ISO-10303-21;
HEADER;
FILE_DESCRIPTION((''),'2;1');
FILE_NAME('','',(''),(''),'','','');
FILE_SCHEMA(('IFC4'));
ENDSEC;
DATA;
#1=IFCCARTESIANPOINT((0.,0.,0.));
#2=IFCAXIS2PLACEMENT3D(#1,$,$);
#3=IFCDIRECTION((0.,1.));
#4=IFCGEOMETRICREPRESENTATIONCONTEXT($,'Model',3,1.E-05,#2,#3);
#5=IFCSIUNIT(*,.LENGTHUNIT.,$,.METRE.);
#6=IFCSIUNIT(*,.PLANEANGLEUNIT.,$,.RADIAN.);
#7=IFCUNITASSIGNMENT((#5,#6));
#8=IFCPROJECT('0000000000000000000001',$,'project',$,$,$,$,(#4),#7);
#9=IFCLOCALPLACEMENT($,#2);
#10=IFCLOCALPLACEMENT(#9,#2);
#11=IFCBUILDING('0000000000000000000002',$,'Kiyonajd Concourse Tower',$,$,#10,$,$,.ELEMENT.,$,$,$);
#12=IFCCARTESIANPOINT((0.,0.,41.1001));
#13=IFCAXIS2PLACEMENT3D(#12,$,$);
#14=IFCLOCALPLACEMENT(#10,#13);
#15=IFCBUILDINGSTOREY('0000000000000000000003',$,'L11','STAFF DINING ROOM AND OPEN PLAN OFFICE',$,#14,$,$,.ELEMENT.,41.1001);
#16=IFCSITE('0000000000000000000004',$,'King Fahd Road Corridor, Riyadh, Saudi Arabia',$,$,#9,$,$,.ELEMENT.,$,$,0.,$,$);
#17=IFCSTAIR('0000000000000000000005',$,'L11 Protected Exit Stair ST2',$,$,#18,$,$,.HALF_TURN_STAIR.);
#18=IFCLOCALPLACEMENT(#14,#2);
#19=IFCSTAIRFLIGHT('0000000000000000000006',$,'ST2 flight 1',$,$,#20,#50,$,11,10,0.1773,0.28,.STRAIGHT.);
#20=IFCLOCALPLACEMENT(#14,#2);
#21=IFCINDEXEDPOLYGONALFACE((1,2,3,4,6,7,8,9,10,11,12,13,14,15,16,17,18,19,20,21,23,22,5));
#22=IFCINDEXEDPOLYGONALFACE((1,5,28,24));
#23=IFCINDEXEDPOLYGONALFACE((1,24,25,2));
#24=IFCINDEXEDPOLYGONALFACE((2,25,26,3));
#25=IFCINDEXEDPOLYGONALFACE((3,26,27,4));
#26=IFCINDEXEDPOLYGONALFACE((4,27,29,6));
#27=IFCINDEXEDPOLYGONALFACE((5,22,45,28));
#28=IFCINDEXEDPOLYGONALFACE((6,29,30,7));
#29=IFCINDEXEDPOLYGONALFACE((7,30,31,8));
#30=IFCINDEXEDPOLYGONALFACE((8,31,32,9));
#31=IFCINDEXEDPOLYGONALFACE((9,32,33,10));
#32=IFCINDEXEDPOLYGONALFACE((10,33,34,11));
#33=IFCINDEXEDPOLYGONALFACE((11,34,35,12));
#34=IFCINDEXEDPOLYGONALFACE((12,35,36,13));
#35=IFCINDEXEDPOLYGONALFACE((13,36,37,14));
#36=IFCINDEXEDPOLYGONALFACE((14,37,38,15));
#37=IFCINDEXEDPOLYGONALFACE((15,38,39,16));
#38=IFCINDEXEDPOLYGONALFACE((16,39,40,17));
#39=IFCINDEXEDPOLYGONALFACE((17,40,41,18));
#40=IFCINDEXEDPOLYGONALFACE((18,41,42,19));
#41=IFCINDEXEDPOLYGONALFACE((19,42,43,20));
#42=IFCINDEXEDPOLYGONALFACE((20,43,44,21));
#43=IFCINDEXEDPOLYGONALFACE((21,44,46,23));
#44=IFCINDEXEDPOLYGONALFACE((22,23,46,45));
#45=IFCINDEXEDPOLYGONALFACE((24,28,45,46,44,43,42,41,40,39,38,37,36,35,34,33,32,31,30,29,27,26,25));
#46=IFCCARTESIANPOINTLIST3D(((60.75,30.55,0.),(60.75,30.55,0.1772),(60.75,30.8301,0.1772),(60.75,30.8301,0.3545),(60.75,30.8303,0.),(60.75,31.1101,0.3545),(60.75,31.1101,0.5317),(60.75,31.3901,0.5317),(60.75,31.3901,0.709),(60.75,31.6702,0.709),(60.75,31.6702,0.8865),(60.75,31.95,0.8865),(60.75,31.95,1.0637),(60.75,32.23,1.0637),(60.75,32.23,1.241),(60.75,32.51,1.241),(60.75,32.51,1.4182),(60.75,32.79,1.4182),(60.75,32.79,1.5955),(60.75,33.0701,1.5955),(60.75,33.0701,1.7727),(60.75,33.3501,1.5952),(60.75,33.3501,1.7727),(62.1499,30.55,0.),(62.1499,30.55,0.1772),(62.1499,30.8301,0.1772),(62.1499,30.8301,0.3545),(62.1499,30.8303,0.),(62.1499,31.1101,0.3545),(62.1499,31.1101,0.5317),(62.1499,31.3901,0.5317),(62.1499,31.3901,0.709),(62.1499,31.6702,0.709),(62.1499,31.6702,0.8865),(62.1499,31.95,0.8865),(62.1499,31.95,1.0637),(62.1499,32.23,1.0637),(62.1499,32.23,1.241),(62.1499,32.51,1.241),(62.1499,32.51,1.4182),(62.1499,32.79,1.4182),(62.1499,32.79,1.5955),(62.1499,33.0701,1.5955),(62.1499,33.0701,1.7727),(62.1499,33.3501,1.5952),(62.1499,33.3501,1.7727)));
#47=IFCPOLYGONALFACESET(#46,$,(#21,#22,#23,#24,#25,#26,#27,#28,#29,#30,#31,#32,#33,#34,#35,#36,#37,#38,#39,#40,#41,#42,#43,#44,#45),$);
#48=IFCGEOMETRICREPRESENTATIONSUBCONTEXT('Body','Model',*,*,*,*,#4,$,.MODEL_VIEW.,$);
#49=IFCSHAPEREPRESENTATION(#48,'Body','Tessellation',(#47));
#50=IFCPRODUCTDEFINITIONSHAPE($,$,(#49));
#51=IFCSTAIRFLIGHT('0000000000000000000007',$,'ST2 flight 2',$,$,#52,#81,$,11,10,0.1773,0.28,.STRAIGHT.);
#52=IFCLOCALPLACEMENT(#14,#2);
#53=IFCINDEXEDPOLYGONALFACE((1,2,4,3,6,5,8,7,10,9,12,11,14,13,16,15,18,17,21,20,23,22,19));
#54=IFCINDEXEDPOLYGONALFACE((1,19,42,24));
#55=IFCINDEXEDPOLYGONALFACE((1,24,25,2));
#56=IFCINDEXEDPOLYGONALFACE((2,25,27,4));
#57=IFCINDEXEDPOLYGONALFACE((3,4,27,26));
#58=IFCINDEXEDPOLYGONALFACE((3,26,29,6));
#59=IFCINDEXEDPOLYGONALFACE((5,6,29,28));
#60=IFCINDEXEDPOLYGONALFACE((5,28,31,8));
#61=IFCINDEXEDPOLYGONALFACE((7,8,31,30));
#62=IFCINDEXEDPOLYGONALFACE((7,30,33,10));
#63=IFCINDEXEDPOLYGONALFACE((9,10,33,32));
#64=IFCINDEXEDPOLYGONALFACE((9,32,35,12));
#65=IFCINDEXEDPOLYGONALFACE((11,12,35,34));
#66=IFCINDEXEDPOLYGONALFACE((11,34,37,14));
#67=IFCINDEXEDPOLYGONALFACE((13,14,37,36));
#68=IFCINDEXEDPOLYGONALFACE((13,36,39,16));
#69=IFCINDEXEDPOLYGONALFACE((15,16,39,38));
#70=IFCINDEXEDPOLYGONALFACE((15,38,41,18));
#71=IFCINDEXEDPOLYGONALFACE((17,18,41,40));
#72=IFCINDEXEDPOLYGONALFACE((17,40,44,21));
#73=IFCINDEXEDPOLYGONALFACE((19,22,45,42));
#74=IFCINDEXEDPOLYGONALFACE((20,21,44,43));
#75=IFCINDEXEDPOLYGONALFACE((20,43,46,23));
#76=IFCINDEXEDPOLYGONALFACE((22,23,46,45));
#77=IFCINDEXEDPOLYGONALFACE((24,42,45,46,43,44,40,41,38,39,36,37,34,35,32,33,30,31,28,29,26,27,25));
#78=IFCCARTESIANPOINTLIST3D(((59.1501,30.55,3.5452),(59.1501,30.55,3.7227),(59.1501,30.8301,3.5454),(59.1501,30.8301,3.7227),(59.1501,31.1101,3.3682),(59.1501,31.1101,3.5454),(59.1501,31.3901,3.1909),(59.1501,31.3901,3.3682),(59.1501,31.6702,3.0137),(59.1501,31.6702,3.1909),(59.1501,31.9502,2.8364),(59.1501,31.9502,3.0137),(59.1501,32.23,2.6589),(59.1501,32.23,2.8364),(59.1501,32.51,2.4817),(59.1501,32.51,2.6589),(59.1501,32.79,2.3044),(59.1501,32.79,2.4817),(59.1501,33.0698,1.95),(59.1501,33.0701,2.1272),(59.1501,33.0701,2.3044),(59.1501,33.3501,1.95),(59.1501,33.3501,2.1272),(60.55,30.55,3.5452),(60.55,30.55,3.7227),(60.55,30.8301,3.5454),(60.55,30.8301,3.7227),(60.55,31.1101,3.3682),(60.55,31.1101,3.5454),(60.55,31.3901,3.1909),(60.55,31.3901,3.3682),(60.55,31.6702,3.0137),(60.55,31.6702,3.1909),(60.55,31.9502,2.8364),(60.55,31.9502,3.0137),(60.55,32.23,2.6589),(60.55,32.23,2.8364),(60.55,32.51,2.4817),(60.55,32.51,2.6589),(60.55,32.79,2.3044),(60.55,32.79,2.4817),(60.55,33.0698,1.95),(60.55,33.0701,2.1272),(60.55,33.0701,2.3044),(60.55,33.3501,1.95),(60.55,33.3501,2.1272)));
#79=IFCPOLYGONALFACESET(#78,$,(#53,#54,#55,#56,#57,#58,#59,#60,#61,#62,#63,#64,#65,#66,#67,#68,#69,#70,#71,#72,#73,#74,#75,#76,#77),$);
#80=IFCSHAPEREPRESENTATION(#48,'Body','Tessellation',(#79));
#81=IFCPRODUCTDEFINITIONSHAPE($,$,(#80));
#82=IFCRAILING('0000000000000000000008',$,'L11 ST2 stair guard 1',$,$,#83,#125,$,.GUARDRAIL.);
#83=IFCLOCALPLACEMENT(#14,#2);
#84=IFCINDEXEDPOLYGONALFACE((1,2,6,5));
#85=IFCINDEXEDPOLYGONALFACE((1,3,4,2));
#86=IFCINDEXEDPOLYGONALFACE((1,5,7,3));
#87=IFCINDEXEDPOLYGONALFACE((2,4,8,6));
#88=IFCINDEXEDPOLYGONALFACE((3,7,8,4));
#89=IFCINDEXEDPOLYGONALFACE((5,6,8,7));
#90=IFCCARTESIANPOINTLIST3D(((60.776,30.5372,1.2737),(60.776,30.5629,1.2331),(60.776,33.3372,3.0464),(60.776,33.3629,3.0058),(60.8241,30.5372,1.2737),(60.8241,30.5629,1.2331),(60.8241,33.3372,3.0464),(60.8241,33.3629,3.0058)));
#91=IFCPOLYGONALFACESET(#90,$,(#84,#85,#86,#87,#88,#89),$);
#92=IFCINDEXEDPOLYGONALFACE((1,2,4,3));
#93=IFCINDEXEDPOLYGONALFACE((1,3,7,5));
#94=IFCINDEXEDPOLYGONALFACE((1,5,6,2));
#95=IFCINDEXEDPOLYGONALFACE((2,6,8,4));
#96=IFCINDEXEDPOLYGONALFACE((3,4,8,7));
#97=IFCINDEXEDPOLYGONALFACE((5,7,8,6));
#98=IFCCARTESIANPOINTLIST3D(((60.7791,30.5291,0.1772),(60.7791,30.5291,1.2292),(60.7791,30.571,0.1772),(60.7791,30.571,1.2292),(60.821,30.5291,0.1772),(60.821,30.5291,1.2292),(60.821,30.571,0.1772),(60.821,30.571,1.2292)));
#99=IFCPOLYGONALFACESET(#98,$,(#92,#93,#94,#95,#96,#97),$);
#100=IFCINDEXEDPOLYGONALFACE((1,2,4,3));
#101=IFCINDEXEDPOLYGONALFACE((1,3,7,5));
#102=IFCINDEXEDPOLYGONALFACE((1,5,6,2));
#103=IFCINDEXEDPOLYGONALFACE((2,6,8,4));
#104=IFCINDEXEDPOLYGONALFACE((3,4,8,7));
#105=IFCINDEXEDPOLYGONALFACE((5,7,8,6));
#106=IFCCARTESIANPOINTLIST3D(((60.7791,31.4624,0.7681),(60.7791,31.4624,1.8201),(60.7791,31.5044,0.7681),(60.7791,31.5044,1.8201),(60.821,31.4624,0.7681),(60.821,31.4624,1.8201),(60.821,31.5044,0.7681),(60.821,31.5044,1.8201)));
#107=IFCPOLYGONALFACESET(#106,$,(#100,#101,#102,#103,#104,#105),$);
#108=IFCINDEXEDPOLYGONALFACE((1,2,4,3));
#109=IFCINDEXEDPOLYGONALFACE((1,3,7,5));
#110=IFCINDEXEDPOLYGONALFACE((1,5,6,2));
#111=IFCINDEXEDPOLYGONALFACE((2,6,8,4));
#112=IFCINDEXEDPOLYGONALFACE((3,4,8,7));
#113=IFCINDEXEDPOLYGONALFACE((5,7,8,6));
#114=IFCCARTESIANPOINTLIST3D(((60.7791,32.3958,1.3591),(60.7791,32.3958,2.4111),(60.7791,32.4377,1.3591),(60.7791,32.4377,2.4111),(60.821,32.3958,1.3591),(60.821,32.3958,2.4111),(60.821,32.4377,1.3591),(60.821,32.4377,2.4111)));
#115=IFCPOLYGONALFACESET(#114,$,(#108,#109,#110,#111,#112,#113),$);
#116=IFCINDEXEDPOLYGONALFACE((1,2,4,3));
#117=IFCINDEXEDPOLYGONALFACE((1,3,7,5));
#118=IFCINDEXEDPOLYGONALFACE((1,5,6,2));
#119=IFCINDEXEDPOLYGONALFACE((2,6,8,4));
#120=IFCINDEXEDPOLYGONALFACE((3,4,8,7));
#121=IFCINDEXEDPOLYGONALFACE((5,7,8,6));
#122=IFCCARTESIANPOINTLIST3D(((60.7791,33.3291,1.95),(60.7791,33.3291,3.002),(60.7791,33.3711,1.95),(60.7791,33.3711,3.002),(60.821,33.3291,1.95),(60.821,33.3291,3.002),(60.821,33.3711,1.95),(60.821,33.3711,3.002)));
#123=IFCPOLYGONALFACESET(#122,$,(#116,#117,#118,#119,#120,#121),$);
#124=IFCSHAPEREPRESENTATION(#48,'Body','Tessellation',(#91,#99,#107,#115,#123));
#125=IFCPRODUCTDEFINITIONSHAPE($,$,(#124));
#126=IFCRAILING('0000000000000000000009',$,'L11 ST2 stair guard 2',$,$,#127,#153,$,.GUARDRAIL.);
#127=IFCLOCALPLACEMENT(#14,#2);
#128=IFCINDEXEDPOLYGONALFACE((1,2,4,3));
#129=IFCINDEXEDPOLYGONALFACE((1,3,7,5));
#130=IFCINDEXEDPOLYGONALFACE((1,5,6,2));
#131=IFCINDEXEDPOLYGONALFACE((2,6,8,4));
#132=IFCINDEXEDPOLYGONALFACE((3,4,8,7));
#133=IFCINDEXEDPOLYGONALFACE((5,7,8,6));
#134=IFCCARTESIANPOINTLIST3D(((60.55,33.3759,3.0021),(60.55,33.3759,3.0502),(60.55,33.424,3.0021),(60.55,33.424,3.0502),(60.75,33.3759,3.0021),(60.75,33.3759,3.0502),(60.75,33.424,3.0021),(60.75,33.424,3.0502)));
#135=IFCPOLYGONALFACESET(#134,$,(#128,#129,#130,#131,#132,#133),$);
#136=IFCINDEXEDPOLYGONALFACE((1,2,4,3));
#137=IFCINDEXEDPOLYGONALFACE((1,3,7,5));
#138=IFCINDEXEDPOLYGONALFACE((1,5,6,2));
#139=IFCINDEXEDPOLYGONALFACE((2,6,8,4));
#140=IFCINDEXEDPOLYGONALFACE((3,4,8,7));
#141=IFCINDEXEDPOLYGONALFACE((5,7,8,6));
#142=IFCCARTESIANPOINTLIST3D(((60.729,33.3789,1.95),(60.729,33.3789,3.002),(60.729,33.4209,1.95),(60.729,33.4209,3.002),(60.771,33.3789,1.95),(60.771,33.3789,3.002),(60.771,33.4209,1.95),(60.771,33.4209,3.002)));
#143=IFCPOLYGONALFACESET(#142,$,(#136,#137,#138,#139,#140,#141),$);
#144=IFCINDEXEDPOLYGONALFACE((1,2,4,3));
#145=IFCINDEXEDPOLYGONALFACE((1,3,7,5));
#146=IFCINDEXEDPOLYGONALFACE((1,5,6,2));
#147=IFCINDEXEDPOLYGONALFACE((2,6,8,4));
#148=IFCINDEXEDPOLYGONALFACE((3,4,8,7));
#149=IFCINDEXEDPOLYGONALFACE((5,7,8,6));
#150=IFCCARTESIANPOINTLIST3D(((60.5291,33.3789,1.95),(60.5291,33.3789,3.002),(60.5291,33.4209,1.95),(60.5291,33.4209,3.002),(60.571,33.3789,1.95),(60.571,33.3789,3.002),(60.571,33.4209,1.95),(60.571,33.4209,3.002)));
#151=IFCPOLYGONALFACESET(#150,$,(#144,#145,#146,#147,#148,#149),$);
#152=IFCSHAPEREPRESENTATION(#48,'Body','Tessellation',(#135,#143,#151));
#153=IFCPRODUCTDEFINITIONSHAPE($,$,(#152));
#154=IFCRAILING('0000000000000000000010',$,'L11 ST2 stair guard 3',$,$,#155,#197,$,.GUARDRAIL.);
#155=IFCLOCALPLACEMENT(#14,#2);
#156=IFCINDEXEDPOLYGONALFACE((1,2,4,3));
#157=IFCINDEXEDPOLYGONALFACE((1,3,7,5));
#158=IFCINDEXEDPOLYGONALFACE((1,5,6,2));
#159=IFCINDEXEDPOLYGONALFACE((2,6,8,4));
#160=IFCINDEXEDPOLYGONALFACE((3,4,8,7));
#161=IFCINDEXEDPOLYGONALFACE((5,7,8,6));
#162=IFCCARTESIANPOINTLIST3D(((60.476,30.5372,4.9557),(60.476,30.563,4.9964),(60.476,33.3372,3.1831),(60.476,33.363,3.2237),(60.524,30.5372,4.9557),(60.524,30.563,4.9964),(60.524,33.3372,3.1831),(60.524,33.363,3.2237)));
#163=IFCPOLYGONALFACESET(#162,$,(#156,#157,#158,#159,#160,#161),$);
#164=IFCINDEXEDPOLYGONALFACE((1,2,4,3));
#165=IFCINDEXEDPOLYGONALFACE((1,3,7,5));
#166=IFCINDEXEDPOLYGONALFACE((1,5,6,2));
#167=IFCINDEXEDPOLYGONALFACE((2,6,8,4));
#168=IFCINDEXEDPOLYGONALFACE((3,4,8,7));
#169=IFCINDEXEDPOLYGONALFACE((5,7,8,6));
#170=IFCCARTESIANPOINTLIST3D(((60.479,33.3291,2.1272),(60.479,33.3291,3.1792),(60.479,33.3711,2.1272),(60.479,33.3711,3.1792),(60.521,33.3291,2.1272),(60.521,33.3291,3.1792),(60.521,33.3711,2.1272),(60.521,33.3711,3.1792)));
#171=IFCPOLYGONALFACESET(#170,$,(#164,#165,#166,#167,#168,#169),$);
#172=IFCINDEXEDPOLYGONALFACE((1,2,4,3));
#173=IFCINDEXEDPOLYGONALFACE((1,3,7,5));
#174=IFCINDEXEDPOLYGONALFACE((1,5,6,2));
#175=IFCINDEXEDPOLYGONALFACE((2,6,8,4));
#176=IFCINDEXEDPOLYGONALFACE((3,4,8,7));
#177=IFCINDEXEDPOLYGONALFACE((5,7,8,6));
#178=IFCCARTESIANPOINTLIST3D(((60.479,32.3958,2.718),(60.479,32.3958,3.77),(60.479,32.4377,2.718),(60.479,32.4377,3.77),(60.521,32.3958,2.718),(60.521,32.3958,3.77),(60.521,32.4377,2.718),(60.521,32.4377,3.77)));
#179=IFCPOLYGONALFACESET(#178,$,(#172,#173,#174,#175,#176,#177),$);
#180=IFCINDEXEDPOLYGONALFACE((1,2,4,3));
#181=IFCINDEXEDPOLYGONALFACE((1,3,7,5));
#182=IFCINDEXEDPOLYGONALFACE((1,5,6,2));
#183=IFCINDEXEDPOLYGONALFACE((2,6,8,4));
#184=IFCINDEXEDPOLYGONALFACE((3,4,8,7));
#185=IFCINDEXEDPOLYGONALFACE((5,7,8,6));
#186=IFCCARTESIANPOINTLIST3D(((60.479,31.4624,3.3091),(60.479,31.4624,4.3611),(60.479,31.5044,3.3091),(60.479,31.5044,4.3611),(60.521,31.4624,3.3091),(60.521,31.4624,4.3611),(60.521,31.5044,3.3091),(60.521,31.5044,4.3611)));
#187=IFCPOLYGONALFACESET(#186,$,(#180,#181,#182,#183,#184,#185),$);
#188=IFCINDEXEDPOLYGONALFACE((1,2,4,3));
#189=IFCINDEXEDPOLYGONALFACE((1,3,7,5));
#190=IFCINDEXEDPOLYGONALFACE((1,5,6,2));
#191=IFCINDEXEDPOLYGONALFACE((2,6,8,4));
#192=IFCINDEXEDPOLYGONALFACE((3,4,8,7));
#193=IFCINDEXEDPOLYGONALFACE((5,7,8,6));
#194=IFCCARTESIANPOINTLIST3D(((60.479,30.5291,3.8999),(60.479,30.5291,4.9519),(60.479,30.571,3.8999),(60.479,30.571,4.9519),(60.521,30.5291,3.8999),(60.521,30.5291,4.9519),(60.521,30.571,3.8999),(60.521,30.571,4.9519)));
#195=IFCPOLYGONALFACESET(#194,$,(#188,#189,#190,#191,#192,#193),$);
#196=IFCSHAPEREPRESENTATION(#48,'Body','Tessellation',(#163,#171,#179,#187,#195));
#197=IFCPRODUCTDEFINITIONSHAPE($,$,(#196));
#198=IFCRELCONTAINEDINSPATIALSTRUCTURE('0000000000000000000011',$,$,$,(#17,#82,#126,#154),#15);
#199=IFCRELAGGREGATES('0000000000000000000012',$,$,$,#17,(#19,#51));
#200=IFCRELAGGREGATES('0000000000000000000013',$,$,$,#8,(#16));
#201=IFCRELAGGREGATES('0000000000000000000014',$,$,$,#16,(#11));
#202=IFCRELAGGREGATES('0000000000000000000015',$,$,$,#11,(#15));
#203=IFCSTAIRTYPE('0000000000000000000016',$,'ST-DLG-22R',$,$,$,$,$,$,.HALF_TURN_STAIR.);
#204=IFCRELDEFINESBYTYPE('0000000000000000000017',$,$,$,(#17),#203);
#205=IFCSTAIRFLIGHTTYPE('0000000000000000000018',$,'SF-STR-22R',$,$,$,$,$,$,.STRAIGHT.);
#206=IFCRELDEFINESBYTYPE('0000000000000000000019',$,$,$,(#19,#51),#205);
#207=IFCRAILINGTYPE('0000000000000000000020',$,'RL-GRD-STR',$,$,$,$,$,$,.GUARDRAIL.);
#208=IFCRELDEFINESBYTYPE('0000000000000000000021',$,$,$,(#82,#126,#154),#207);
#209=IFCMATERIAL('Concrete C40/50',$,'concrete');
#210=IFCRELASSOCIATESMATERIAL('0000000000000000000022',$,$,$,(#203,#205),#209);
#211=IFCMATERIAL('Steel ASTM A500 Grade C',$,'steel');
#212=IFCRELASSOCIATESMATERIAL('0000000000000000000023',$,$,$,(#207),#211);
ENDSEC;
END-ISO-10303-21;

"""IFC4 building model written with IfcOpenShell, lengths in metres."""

from ifc_helpers import new_model, si_unit, direction, frame, origin, origin_2d, place, context, subcontext, project, spatial, polyline, rectangle, outline, extrude, material, type_object, element, aggregate, save


model = new_model("IFC4")

# Units and contexts
model_context = context("Model", 3, precision=1e-05, world=origin(), true_north=direction((0.0, 1.0)))
body_context = subcontext(model_context, "Body", "Model", "MODEL_VIEW")
ifc_project = project(units=[si_unit("LENGTHUNIT", "METRE"), si_unit("PLANEANGLEUNIT", "RADIAN")], contexts=[model_context])

# Site, building, storey
site_placement = place(None, origin())
site = spatial("IfcSite", under=ifc_project, at=site_placement, Name="King Fahd Road Corridor, Riyadh, Saudi Arabia", CompositionType="ELEMENT", RefElevation=0.0)
building_placement = place(site_placement, origin())
building = spatial("IfcBuilding", under=site, at=building_placement, Name="Kiyonajd Concourse Tower", CompositionType="ELEMENT")
storey_placement = place(building_placement, frame((0.0, 0.0, 41.1001)))
storey = spatial("IfcBuildingStorey", under=building, at=storey_placement, Name="L11", Description="STAFF DINING ROOM AND OPEN PLAN OFFICE", CompositionType="ELEMENT", Elevation=41.1001)

# Stair, stair flights
ifc_material_1 = material(Name="Concrete C40/50", Category="concrete")
stair_type = type_object("IfcStairType", Name="ST-DLG-22R", PredefinedType="HALF_TURN_STAIR", material=ifc_material_1)
stair_placement = place(storey_placement, origin())
stair = element("IfcStair", 1, at=stair_placement, inside=storey, type_object=stair_type, Name="L11 Protected Exit Stair ST2", PredefinedType="HALF_TURN_STAIR")
stair_flight_type = type_object("IfcStairFlightType", Name="SF-STR-22R", PredefinedType="STRAIGHT", material=ifc_material_1)
stair_flight_1_placement = place(storey_placement, frame((61.45, 30.55, 0.0), z_axis=(0.0, 0.0, 1.0), x_axis=(0.0, 1.0, 0.0)))
stair_flight_1 = element("IfcStairFlight", 2, at=stair_flight_1_placement, type_object=stair_flight_type, Name="ST2 flight 1", NumberOfRisers=11, NumberOfTreads=10, PredefinedType="STRAIGHT", RiserHeight=0.1773, TreadLength=0.28, context=body_context, shape_type="SweptSolid", body=[
    extrude(outline(polyline([(0.0, 0.0), (0.0, 0.1772), (0.28, 0.1772), (0.28, 0.3545), (0.5601, 0.3545), (0.5601, 0.5317), (0.8401, 0.5317), (0.8401, 0.709), (1.1201, 0.709), (1.1201, 0.8865), (1.3999, 0.8865), (1.3999, 1.0637), (1.6799, 1.0637), (1.6799, 1.241), (1.96, 1.241), (1.96, 1.4182), (2.24, 1.4182), (2.24, 1.5955), (2.52, 1.5955), (2.52, 1.7727), (2.8, 1.7727), (2.8, 1.95), (2.8, 1.5952), (0.2803, 0.0), (0.0, 0.0)])), frame((0.0, 0.7, 0.0), z_axis=(0.0, -1.0, 0.0), x_axis=(1.0, 0.0, 0.0)), (0.0, 0.0, 1.0), 1.3999),
])
stair_flight_2_placement = place(storey_placement, frame((59.8501, 33.3501, 1.95), z_axis=(0.0, 0.0, 1.0), x_axis=(0.0, -1.0, 0.0)))
stair_flight_2 = element("IfcStairFlight", 3, at=stair_flight_2_placement, type_object=stair_flight_type, Name="ST2 flight 2", NumberOfRisers=11, NumberOfTreads=10, PredefinedType="STRAIGHT", RiserHeight=0.1773, TreadLength=0.28, context=body_context, shape_type="SweptSolid", body=[
    extrude(outline(polyline([(0.0, 0.0), (0.0, 0.1772), (0.28, 0.1772), (0.28, 0.3545), (0.5601, 0.3545), (0.5601, 0.5317), (0.8401, 0.5317), (0.8401, 0.709), (1.1201, 0.709), (1.1201, 0.8865), (1.3999, 0.8865), (1.3999, 1.0637), (1.6799, 1.0637), (1.6799, 1.241), (1.96, 1.241), (1.96, 1.4182), (2.24, 1.4182), (2.24, 1.5955), (2.52, 1.5955), (2.52, 1.7727), (2.8, 1.7727), (2.8, 1.95), (2.8, 1.5952), (0.2803, 0.0), (0.0, 0.0)])), frame((0.0, 0.7, 0.0), z_axis=(0.0, -1.0, 0.0), x_axis=(1.0, 0.0, 0.0)), (0.0, 0.0, 1.0), 1.3999),
])
aggregate(stair, [stair_flight_1, stair_flight_2])

# Railings
ifc_material_2 = material(Name="Steel ASTM A500 Grade C", Category="steel")
railing_type_1 = type_object("IfcRailingType", Name="RL-GRD-STR", PredefinedType="GUARDRAIL", material=ifc_material_2)
railing_1_placement = place(storey_placement, frame((60.8, 30.55, 0.1772)))
element("IfcRailing", 4, at=railing_1_placement, inside=storey, type_object=railing_type_1, Name="L11 ST2 stair guard 1", PredefinedType="GUARDRAIL", context=body_context, shape_type="SweptSolid", body=[
    extrude(rectangle(XDim=0.0481, YDim=0.0481, at=origin_2d()), frame((0.0, 0.0, 1.0762), z_axis=(0.0, 0.844909, 0.53491), x_axis=(-1.0, 0.0, 0.0)), (0.0, 0.0, 1.0), 3.314),
    extrude(rectangle(XDim=0.042, YDim=0.042, at=origin_2d()), origin(), (0.0, 0.0, 1.0), 1.052),
    extrude(rectangle(XDim=0.042, YDim=0.042, at=origin_2d()), frame((0.0, 0.9333, 0.5908)), (0.0, 0.0, 1.0), 1.052),
    extrude(rectangle(XDim=0.042, YDim=0.042, at=origin_2d()), frame((0.0, 1.8667, 1.1819)), (0.0, 0.0, 1.0), 1.052),
    extrude(rectangle(XDim=0.042, YDim=0.042, at=origin_2d()), frame((0.0, 2.8, 1.7727)), (0.0, 0.0, 1.0), 1.052),
])
railing_2_placement = place(storey_placement, frame((60.75, 33.3999, 1.95)))
element("IfcRailing", 5, at=railing_2_placement, inside=storey, type_object=railing_type_1, Name="L11 ST2 stair guard 2", PredefinedType="GUARDRAIL", context=body_context, shape_type="SweptSolid", body=[
    extrude(rectangle(XDim=0.0481, YDim=0.0481, at=origin_2d()), frame((0.0, 0.0, 1.0762), z_axis=(-1.0, 0.0, 0.0), x_axis=(0.0, -1.0, 0.0)), (0.0, 0.0, 1.0), 0.2),
    extrude(rectangle(XDim=0.042, YDim=0.042, at=origin_2d()), origin(), (0.0, 0.0, 1.0), 1.052),
    extrude(rectangle(XDim=0.042, YDim=0.042, at=origin_2d()), frame((-0.2, 0.0, 0.0)), (0.0, 0.0, 1.0), 1.052),
])
railing_3_placement = place(storey_placement, frame((60.5, 33.3501, 2.1272)))
element("IfcRailing", 6, at=railing_3_placement, inside=storey, type_object=railing_type_1, Name="L11 ST2 stair guard 3", PredefinedType="GUARDRAIL", context=body_context, shape_type="SweptSolid", body=[
    extrude(rectangle(XDim=0.0481, YDim=0.0481, at=origin_2d()), frame((0.0, 0.0, 1.0762), z_axis=(0.0, -0.844909, 0.53491), x_axis=(1.0, 0.0, 0.0)), (0.0, 0.0, 1.0), 3.314),
    extrude(rectangle(XDim=0.042, YDim=0.042, at=origin_2d()), origin(), (0.0, 0.0, 1.0), 1.052),
    extrude(rectangle(XDim=0.042, YDim=0.042, at=origin_2d()), frame((0.0, -0.9333, 0.5908)), (0.0, 0.0, 1.0), 1.052),
    extrude(rectangle(XDim=0.042, YDim=0.042, at=origin_2d()), frame((0.0, -1.8667, 1.1819)), (0.0, 0.0, 1.0), 1.052),
    extrude(rectangle(XDim=0.042, YDim=0.042, at=origin_2d()), frame((0.0, -2.8, 1.7727)), (0.0, 0.0, 1.0), 1.052),
])

save(model, "model.ifc")
